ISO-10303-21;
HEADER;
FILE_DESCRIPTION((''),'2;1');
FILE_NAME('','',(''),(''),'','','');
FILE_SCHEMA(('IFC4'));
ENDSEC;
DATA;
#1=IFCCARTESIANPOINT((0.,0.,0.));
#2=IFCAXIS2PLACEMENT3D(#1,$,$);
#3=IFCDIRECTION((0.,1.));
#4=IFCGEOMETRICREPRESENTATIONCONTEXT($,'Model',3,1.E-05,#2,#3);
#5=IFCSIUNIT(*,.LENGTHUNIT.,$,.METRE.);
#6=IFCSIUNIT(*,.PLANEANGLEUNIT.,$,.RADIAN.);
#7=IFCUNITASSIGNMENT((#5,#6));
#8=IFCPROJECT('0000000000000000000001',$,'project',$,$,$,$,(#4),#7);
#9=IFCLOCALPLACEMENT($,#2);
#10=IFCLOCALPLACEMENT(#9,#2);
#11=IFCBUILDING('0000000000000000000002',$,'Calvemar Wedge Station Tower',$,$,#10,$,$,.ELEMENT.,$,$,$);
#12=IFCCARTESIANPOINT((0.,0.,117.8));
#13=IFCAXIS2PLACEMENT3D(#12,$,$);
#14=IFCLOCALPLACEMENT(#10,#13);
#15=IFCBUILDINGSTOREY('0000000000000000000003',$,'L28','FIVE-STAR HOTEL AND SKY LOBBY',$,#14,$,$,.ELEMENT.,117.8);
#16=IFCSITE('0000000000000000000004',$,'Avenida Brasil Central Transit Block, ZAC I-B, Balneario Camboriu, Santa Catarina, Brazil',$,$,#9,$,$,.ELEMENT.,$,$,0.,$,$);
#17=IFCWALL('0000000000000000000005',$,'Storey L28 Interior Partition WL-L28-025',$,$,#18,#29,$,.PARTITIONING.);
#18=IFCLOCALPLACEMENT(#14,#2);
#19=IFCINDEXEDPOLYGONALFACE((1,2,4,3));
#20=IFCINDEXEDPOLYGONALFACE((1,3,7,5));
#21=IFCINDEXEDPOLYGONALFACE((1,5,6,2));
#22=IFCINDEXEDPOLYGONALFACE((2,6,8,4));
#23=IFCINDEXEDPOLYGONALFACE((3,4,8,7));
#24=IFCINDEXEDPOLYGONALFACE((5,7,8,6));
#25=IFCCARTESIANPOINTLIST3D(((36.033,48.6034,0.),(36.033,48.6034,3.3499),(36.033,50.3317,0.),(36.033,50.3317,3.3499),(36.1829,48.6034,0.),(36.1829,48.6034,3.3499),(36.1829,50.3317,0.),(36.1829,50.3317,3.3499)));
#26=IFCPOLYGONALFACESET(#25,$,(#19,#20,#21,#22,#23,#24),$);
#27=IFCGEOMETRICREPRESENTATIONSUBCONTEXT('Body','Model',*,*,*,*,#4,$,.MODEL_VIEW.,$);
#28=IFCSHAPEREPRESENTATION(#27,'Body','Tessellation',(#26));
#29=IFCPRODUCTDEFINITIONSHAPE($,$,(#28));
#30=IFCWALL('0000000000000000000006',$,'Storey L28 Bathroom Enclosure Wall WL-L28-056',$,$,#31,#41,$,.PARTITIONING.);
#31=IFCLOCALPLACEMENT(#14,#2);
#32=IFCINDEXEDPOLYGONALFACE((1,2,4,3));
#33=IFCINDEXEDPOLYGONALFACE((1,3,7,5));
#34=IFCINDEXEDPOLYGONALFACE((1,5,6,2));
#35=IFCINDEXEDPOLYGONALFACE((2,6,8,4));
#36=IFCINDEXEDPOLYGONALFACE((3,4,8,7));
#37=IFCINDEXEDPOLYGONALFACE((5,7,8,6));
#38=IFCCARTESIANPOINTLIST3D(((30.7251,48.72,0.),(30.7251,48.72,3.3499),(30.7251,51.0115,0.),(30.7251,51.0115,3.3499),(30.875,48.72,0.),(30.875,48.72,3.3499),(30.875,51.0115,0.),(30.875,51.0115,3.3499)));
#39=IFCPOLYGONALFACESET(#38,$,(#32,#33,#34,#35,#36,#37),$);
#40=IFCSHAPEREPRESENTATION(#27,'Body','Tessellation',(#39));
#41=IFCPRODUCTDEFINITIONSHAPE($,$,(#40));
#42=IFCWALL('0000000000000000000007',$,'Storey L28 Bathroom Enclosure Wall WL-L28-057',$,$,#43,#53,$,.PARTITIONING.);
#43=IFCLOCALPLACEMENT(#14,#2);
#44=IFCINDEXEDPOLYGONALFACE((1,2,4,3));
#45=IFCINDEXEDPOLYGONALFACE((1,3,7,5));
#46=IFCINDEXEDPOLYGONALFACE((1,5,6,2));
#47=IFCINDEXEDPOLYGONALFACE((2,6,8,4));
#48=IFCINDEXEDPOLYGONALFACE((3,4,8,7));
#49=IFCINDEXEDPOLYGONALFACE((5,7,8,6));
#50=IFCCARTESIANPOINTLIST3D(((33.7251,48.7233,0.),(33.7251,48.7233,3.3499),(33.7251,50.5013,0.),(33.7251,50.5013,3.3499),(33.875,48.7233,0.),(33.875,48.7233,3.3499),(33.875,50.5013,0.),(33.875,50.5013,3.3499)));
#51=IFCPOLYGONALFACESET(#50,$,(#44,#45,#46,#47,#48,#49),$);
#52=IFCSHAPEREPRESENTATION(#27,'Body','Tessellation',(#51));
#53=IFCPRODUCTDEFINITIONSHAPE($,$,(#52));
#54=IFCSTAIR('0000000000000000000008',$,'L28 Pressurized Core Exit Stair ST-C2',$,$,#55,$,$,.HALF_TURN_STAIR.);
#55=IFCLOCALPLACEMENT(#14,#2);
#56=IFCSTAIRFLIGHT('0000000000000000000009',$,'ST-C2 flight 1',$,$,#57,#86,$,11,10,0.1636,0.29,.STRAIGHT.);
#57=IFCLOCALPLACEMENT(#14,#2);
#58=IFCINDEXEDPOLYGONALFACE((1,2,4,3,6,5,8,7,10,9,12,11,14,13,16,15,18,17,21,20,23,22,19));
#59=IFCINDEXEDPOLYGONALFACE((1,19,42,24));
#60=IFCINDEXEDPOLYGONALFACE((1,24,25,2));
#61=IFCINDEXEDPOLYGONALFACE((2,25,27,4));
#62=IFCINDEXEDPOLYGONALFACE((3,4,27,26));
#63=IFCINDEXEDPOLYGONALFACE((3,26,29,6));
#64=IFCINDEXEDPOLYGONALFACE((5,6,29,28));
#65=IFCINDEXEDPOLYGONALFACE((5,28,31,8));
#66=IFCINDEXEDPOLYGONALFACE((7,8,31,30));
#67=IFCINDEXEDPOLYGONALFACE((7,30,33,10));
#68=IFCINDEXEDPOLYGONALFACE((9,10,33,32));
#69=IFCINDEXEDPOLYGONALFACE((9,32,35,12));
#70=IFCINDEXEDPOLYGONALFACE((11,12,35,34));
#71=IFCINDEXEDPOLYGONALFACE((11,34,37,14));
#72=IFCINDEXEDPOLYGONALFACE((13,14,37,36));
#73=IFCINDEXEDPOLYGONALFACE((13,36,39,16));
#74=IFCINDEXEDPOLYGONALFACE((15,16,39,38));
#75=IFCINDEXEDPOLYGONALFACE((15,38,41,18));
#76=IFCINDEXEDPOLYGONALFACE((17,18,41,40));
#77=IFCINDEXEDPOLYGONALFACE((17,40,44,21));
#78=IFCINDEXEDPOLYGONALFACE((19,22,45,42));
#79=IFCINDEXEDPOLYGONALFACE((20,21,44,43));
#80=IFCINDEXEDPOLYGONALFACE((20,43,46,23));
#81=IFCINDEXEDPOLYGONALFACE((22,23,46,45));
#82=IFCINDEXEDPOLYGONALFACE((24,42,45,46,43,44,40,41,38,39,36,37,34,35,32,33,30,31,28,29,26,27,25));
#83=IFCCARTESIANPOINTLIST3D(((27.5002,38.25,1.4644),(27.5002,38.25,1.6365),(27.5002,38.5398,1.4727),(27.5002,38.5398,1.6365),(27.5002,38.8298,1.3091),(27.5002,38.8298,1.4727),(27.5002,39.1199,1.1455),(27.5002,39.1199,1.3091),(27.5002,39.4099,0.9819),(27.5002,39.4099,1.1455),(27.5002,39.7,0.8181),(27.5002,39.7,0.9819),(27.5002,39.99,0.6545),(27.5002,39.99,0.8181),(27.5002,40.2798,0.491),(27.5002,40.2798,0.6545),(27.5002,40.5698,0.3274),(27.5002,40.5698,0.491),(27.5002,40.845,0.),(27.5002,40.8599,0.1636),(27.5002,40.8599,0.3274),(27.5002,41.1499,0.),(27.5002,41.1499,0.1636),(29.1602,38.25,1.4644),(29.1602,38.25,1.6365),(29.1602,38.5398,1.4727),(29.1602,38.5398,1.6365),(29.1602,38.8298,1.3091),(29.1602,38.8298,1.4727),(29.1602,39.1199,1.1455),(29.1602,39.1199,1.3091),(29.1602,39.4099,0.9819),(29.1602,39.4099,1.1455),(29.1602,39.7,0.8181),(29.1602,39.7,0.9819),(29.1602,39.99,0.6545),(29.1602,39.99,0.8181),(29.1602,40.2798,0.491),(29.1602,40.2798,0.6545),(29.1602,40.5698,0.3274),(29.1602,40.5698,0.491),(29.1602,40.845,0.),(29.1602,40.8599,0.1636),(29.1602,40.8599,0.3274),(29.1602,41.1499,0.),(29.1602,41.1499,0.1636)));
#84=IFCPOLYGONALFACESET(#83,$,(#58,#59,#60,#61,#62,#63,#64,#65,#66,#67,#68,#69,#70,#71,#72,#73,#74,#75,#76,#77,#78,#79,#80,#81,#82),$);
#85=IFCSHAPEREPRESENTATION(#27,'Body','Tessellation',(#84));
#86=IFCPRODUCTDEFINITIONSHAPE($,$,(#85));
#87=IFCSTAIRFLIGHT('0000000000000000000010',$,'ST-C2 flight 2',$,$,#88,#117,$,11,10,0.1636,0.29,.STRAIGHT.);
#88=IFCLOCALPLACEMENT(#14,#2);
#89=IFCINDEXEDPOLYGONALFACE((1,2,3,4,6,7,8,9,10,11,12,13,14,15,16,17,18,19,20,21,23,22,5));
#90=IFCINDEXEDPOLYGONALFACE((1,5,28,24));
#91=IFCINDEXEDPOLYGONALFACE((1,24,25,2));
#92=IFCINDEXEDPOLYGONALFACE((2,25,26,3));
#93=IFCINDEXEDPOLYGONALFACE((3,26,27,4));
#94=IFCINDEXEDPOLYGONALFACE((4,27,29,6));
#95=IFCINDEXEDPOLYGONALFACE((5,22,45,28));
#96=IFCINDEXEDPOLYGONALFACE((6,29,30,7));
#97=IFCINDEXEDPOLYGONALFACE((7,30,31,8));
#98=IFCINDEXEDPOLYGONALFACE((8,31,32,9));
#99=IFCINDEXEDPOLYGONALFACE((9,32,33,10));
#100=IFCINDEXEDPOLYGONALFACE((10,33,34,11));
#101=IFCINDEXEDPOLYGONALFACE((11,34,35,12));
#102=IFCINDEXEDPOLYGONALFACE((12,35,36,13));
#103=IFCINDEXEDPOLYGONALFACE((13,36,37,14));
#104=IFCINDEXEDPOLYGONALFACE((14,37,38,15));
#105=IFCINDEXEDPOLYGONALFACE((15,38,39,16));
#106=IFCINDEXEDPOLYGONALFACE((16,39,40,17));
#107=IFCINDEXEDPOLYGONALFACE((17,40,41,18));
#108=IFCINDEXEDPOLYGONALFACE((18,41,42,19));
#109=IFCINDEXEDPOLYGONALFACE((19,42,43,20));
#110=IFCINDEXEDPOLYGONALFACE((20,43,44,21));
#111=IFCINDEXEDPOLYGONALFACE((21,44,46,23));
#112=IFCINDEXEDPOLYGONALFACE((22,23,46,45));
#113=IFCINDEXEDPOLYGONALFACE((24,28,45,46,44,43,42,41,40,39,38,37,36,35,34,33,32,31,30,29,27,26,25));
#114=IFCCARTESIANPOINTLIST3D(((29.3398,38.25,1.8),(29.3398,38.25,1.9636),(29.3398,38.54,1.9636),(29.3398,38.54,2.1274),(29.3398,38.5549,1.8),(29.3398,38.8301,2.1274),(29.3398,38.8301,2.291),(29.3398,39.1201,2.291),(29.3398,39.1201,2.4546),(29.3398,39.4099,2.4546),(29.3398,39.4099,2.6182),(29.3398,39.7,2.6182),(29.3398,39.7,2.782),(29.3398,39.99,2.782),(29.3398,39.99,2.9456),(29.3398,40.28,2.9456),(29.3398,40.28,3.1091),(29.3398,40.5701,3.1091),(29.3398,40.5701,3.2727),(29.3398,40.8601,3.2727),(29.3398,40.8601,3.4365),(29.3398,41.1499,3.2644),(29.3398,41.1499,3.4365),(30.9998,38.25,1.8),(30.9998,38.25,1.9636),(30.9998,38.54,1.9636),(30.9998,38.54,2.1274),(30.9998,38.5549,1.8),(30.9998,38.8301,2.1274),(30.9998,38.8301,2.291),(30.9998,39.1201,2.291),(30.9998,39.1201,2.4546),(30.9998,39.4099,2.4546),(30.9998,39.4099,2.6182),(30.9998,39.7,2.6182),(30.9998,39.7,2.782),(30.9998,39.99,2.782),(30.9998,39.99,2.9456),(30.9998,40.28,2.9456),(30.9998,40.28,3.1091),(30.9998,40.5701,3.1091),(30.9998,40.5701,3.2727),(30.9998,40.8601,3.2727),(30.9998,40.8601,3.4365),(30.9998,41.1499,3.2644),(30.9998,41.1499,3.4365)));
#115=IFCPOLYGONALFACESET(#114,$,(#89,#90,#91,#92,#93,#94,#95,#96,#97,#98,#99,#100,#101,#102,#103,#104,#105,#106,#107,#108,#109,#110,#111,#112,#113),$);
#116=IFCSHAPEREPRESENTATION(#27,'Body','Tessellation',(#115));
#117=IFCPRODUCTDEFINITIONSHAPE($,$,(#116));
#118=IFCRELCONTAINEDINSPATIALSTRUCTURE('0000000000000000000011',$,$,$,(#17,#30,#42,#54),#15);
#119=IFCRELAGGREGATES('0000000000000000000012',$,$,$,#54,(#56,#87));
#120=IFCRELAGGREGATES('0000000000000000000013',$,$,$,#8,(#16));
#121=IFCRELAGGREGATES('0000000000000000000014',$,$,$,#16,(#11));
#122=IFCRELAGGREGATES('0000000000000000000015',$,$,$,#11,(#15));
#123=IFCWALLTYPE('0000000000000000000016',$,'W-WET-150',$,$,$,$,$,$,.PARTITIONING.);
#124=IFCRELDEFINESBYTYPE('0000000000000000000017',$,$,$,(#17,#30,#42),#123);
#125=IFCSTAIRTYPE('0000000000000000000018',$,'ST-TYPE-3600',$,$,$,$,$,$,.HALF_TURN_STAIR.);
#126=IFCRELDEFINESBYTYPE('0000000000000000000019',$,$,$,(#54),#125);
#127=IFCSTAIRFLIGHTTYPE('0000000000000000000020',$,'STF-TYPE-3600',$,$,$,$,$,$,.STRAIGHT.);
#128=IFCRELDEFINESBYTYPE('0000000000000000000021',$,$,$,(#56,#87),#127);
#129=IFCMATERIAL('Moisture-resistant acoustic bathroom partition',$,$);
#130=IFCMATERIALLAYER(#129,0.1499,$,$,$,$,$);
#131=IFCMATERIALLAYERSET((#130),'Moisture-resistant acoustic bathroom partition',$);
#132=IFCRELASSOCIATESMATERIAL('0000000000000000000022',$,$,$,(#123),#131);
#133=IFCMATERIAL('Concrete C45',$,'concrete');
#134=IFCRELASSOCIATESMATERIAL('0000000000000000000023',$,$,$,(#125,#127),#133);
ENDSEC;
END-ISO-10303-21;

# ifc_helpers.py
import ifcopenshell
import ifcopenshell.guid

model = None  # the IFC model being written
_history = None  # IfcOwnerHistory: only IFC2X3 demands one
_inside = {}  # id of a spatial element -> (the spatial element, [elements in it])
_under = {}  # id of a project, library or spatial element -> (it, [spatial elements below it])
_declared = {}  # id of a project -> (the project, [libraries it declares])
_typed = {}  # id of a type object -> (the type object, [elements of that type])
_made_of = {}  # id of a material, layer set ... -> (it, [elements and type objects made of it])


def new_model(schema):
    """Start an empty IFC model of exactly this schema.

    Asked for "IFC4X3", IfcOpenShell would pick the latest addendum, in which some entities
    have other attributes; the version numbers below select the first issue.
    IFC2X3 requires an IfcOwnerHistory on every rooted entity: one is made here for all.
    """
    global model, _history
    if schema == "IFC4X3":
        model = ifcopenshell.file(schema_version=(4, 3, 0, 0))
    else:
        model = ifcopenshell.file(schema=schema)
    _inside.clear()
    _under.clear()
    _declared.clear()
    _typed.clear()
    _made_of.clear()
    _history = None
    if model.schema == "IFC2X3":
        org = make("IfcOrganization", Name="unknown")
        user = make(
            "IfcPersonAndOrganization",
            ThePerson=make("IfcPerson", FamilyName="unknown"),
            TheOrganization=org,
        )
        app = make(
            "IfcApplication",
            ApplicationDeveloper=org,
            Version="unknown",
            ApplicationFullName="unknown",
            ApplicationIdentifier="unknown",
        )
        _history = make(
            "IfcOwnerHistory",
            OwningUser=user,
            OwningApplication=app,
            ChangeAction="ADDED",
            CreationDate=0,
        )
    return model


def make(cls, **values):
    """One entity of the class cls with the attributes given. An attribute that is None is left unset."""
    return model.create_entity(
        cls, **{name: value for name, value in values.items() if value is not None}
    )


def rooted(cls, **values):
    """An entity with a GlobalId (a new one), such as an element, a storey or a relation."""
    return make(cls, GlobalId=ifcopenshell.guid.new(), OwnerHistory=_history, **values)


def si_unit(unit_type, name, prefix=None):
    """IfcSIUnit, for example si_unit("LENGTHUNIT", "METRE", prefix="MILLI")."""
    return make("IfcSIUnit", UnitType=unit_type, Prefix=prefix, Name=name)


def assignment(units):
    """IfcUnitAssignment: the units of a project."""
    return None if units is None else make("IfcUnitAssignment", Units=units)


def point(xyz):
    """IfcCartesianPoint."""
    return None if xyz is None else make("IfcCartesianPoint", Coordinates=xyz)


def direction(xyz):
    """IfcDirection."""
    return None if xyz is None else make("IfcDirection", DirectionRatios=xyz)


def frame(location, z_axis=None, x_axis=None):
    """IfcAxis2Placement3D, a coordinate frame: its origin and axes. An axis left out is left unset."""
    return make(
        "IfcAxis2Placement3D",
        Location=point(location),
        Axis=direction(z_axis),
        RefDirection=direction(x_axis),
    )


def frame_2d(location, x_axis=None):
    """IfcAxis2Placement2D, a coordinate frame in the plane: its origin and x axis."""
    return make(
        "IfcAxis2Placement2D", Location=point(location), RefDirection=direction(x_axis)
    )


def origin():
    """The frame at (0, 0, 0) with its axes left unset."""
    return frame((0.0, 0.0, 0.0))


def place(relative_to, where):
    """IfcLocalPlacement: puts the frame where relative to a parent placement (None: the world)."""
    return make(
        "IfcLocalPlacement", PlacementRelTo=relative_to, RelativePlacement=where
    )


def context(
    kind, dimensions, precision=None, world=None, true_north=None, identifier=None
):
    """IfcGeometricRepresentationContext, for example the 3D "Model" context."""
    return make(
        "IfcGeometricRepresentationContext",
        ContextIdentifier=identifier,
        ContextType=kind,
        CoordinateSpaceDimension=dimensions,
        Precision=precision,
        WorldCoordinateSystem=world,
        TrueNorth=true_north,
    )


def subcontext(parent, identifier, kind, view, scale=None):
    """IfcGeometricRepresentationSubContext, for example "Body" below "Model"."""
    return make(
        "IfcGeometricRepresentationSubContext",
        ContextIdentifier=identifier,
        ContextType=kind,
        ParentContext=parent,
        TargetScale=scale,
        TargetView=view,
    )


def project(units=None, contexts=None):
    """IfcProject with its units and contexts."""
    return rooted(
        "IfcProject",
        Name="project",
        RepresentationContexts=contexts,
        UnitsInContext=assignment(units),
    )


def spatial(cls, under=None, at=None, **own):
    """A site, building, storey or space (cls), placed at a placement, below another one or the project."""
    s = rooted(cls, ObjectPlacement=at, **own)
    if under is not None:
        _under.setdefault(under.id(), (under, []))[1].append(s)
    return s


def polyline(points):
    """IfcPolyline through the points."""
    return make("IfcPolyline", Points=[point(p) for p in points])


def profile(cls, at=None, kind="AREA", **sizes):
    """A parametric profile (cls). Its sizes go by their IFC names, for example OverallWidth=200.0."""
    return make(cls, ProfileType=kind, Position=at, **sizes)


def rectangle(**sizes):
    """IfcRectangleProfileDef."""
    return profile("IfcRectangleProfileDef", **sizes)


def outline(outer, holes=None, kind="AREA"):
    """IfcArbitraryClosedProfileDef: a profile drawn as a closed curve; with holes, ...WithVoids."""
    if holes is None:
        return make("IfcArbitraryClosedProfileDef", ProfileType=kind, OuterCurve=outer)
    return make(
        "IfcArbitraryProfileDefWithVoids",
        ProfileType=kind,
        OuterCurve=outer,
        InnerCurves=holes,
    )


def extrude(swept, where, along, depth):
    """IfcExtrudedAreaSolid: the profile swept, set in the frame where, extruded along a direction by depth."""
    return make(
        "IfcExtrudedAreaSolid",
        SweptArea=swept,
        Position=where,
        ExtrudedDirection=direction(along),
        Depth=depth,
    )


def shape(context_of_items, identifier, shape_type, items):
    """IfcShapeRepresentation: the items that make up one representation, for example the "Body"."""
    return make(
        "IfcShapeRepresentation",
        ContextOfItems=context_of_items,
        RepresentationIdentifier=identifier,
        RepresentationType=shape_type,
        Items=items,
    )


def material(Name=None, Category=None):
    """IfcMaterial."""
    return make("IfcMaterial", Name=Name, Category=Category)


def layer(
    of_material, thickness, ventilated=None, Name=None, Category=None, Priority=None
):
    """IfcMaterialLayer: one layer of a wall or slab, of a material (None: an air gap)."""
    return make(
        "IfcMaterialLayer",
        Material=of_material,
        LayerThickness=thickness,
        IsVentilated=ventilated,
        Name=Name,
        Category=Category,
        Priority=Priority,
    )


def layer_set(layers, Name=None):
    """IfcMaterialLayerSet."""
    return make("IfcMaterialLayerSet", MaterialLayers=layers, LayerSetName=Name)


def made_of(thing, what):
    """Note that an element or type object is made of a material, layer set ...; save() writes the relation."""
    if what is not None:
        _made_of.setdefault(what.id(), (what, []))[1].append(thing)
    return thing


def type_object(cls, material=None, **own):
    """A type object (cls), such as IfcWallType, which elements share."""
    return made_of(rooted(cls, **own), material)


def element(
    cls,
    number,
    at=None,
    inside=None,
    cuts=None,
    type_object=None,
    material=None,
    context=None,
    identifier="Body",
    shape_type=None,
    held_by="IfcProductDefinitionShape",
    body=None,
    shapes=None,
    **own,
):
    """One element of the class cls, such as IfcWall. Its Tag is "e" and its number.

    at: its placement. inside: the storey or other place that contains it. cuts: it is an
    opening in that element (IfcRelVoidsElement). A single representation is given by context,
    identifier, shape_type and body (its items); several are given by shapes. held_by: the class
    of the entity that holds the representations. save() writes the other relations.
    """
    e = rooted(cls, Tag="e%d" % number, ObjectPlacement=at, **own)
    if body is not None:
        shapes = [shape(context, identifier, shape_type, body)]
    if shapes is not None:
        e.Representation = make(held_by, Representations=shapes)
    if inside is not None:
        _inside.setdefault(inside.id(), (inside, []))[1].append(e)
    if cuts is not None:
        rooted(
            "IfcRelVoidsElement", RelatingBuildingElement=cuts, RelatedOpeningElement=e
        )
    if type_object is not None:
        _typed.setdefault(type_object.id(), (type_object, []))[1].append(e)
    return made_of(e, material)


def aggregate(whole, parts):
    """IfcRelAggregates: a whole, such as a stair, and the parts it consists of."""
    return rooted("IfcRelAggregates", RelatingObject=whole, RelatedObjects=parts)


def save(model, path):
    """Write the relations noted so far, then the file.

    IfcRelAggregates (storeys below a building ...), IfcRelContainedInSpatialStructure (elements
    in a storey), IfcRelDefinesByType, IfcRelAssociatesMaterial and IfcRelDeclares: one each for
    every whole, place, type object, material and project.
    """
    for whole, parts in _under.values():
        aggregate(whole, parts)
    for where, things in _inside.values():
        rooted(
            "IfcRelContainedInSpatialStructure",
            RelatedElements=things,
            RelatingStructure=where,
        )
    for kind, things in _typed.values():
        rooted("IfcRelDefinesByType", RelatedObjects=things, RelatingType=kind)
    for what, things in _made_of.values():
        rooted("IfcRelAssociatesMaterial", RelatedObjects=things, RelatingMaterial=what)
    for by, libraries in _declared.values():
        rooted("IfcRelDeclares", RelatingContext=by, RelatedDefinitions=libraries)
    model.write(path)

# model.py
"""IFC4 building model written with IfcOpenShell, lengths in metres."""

from ifc_helpers import new_model, si_unit, direction, frame, frame_2d, origin, place, context, subcontext, project, spatial, polyline, rectangle, outline, extrude, material, layer, layer_set, type_object, element, aggregate, save


model = new_model("IFC4")

# Units and contexts
model_context = context("Model", 3, precision=1e-05, world=origin(), true_north=direction((0.0, 1.0)))
body_context = subcontext(model_context, "Body", "Model", "MODEL_VIEW")
ifc_project = project(units=[si_unit("LENGTHUNIT", "METRE"), si_unit("PLANEANGLEUNIT", "RADIAN")], contexts=[model_context])

# Site, building, storey
site_placement = place(None, origin())
site = spatial("IfcSite", under=ifc_project, at=site_placement, Name="Avenida Brasil Central Transit Block, ZAC I-B, Balneario Camboriu, Santa Catarina, Brazil", CompositionType="ELEMENT", RefElevation=0.0)
building_placement = place(site_placement, origin())
building = spatial("IfcBuilding", under=site, at=building_placement, Name="Calvemar Wedge Station Tower", CompositionType="ELEMENT")
storey_placement = place(building_placement, frame((0.0, 0.0, 117.8)))
storey = spatial("IfcBuildingStorey", under=building, at=storey_placement, Name="L28", Description="FIVE-STAR HOTEL AND SKY LOBBY", CompositionType="ELEMENT", Elevation=117.8)

# Shared definitions
ifc_material_1 = material(Name="Moisture-resistant acoustic bathroom partition")
ifc_layer_1 = layer(ifc_material_1, 0.1499)
ifc_layer_set_1 = layer_set([ifc_layer_1], Name="Moisture-resistant acoustic bathroom partition")
wall_type_1 = type_object("IfcWallType", Name="W-WET-150", PredefinedType="PARTITIONING", material=ifc_layer_set_1)

# Walls
wall_1_placement = place(storey_placement, frame((36.1079, 50.3318, 0.0), z_axis=(0.0, 0.0, 1.0), x_axis=(0.0, -1.0, 0.0)))
element("IfcWall", 1, at=wall_1_placement, inside=storey, type_object=wall_type_1, Name="Storey L28 Interior Partition WL-L28-025", PredefinedType="PARTITIONING", context=body_context, shape_type="SweptSolid", body=[
    extrude(rectangle(XDim=1.7283, YDim=0.1499, at=frame_2d((0.8643, 0.0))), origin(), (0.0, 0.0, 1.0), 3.3499),
])
wall_2_placement = place(storey_placement, frame((30.8, 51.0115, 0.0), z_axis=(0.0, 0.0, 1.0), x_axis=(0.0, -1.0, 0.0)))
element("IfcWall", 2, at=wall_2_placement, inside=storey, type_object=wall_type_1, Name="Storey L28 Bathroom Enclosure Wall WL-L28-056", PredefinedType="PARTITIONING", context=body_context, shape_type="SweptSolid", body=[
    extrude(rectangle(XDim=2.2915, YDim=0.1499, at=frame_2d((1.1458, 0.0))), origin(), (0.0, 0.0, 1.0), 3.3499),
])
wall_3_placement = place(storey_placement, frame((33.8, 48.7231, 0.0), z_axis=(0.0, 0.0, 1.0), x_axis=(0.0, 1.0, 0.0)))
element("IfcWall", 3, at=wall_3_placement, inside=storey, type_object=wall_type_1, Name="Storey L28 Bathroom Enclosure Wall WL-L28-057", PredefinedType="PARTITIONING", context=body_context, shape_type="SweptSolid", body=[
    extrude(rectangle(XDim=1.7781, YDim=0.1499, at=frame_2d((0.8892, 0.0))), origin(), (0.0, 0.0, 1.0), 3.3499),
])

# Stair, stair flights
ifc_material_2 = material(Name="Concrete C45", Category="concrete")
stair_type = type_object("IfcStairType", Name="ST-TYPE-3600", PredefinedType="HALF_TURN_STAIR", material=ifc_material_2)
stair_placement = place(storey_placement, origin())
stair = element("IfcStair", 4, at=stair_placement, inside=storey, type_object=stair_type, Name="L28 Pressurized Core Exit Stair ST-C2", PredefinedType="HALF_TURN_STAIR")
stair_flight_type = type_object("IfcStairFlightType", Name="STF-TYPE-3600", PredefinedType="STRAIGHT", material=ifc_material_2)
stair_flight_1_placement = place(storey_placement, frame((28.3301, 41.1499, 0.0), z_axis=(0.0, 0.0, 1.0), x_axis=(0.0, -1.0, 0.0)))
stair_flight_1 = element("IfcStairFlight", 5, at=stair_flight_1_placement, type_object=stair_flight_type, Name="ST-C2 flight 1", NumberOfRisers=11, NumberOfTreads=10, PredefinedType="STRAIGHT", RiserHeight=0.1636, TreadLength=0.29, context=body_context, shape_type="SweptSolid", body=[
    extrude(outline(polyline([(0.0, 0.0), (0.0, 0.1636), (0.29, 0.1636), (0.29, 0.3274), (0.5801, 0.3274), (0.5801, 0.491), (0.8701, 0.491), (0.8701, 0.6545), (1.1599, 0.6545), (1.1599, 0.8181), (1.45, 0.8181), (1.45, 0.9819), (1.74, 0.9819), (1.74, 1.1455), (2.03, 1.1455), (2.03, 1.3091), (2.3201, 1.3091), (2.3201, 1.4727), (2.6101, 1.4727), (2.6101, 1.6365), (2.8999, 1.6365), (2.8999, 1.8), (2.8999, 1.4644), (0.3049, 0.0), (0.0, 0.0)])), frame((0.0, 0.8301, 0.0), z_axis=(0.0, -1.0, 0.0), x_axis=(1.0, 0.0, 0.0)), (0.0, 0.0, 1.0), 1.6599),
])
stair_flight_2_placement = place(storey_placement, frame((30.1699, 38.25, 1.8), z_axis=(0.0, 0.0, 1.0), x_axis=(0.0, 1.0, 0.0)))
stair_flight_2 = element("IfcStairFlight", 6, at=stair_flight_2_placement, type_object=stair_flight_type, Name="ST-C2 flight 2", NumberOfRisers=11, NumberOfTreads=10, PredefinedType="STRAIGHT", RiserHeight=0.1636, TreadLength=0.29, context=body_context, shape_type="SweptSolid", body=[
    extrude(outline(polyline([(0.0, 0.0), (0.0, 0.1636), (0.29, 0.1636), (0.29, 0.3274), (0.5801, 0.3274), (0.5801, 0.491), (0.8701, 0.491), (0.8701, 0.6545), (1.1599, 0.6545), (1.1599, 0.8181), (1.45, 0.8181), (1.45, 0.9819), (1.74, 0.9819), (1.74, 1.1455), (2.03, 1.1455), (2.03, 1.3091), (2.3201, 1.3091), (2.3201, 1.4727), (2.6101, 1.4727), (2.6101, 1.6365), (2.8999, 1.6365), (2.8999, 1.8), (2.8999, 1.4644), (0.3049, 0.0), (0.0, 0.0)])), frame((0.0, 0.8301, 0.0), z_axis=(0.0, -1.0, 0.0), x_axis=(1.0, 0.0, 0.0)), (0.0, 0.0, 1.0), 1.6599),
])
aggregate(stair, [stair_flight_1, stair_flight_2])

save(model, "model.ifc")
